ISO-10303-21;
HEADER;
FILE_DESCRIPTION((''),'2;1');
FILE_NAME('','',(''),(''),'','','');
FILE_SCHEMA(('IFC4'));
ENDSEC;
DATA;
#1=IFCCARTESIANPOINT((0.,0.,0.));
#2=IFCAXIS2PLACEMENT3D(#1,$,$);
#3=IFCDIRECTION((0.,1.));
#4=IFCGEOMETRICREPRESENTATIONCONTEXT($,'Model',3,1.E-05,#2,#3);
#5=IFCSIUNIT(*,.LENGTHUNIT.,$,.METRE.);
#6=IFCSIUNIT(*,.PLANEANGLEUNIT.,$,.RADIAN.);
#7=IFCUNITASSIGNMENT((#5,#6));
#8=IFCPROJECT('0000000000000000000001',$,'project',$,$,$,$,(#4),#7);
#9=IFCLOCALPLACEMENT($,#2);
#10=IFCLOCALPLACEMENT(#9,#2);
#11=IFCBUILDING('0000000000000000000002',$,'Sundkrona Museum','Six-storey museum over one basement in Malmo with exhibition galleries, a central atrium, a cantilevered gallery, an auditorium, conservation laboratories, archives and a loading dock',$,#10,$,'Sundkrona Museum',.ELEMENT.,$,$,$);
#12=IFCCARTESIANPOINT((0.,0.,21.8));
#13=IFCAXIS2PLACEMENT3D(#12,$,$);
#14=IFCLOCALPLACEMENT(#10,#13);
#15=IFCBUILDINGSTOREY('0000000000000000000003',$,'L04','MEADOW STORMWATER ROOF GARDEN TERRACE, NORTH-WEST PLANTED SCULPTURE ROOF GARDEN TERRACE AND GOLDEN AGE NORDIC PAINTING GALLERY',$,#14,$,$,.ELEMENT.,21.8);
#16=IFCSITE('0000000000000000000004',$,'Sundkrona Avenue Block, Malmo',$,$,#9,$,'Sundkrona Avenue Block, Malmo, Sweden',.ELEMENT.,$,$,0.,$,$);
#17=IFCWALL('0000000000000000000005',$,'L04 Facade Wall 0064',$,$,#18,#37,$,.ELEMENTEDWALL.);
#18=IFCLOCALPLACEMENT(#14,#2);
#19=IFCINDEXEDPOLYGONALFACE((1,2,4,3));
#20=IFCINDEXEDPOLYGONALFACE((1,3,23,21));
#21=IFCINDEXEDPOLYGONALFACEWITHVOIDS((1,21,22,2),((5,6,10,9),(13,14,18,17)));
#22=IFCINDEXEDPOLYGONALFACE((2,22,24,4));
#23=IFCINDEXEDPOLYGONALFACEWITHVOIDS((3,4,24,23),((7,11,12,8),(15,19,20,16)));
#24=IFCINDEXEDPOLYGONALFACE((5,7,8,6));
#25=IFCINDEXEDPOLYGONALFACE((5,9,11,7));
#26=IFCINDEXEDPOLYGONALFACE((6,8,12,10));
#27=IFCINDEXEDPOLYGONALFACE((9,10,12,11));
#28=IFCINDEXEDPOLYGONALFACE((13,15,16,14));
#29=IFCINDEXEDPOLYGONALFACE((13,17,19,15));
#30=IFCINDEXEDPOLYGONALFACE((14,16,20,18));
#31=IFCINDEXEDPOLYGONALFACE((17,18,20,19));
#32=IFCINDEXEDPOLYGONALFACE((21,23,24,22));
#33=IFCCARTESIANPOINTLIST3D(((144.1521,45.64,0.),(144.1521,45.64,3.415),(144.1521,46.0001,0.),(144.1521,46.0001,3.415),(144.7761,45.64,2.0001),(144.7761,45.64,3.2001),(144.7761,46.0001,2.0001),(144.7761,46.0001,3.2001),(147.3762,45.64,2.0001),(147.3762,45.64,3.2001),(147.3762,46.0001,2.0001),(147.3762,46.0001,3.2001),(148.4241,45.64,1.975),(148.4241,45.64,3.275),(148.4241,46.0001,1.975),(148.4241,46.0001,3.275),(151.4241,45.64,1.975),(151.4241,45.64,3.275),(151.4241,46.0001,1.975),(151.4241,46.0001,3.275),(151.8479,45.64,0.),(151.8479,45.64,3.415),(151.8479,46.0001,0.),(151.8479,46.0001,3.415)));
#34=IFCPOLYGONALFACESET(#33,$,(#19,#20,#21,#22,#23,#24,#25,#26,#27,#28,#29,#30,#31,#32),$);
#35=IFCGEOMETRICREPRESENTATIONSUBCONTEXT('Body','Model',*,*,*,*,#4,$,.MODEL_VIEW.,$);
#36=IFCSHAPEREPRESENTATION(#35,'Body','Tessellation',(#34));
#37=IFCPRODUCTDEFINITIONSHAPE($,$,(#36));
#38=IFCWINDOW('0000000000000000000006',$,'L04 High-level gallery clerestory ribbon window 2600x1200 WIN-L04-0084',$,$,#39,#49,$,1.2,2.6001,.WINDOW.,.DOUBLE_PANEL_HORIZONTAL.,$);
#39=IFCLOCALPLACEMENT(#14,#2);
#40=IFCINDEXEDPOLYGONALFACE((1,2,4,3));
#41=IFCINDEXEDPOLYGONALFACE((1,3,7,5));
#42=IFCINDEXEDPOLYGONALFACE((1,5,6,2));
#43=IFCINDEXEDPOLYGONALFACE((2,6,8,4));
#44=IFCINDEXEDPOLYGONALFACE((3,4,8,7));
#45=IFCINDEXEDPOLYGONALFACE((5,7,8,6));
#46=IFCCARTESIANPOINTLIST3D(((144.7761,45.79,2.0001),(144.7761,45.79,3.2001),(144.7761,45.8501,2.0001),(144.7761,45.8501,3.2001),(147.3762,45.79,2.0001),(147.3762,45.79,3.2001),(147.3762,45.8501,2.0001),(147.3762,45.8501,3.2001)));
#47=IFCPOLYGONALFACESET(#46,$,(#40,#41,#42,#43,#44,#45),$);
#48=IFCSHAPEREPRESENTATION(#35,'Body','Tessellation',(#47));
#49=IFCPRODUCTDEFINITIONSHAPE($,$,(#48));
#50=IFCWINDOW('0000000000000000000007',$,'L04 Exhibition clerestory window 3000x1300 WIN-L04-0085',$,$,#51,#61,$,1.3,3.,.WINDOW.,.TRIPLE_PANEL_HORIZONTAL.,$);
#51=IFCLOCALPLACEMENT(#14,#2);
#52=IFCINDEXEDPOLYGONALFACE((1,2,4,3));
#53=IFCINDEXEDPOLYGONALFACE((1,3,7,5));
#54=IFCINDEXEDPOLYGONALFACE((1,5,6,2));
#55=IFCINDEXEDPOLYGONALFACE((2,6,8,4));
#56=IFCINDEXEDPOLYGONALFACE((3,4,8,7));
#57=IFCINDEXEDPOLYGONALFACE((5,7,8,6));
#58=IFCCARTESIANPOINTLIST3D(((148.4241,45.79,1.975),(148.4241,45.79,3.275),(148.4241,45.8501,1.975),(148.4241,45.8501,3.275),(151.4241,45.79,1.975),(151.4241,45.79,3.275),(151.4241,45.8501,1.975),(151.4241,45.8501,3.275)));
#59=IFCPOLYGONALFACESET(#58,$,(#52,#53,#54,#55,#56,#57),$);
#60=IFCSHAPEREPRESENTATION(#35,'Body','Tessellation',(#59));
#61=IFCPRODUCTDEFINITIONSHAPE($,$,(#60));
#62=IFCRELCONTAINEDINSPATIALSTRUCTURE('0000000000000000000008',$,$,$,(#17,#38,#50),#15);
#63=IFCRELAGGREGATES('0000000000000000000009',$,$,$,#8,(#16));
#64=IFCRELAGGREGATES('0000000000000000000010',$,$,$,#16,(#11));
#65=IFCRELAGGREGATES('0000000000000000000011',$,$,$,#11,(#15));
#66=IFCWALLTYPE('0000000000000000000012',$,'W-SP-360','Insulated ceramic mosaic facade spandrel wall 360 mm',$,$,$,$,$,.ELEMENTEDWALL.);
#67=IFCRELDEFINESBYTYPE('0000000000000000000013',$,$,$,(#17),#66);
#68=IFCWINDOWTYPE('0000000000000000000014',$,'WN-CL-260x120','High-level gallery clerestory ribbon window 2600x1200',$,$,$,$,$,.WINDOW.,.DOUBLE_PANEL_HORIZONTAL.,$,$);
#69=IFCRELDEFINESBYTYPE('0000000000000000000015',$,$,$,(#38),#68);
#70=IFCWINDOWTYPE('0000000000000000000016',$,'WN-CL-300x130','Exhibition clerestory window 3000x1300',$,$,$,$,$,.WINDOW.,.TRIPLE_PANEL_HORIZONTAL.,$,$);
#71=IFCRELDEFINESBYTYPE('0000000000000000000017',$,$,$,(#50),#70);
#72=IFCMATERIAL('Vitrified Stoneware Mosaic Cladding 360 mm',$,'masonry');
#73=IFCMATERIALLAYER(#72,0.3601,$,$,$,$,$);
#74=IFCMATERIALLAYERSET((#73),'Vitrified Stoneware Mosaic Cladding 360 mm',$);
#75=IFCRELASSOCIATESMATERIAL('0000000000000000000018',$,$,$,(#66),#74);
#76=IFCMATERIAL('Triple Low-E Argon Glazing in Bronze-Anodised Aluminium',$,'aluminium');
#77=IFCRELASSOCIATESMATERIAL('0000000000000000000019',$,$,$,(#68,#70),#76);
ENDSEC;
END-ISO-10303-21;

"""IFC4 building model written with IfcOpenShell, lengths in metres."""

from ifc_helpers import new_model, si_unit, direction, frame, frame_2d, origin, place, context, subcontext, project, spatial, rectangle, extrude, material, layer, layer_set, type_object, element, fill, save


model = new_model("IFC4")

# Units and contexts
model_context = context("Model", 3, precision=1e-05, world=origin(), true_north=direction((0.0, 1.0)))
body_context = subcontext(model_context, "Body", "Model", "MODEL_VIEW")
ifc_project = project(units=[si_unit("LENGTHUNIT", "METRE"), si_unit("PLANEANGLEUNIT", "RADIAN")], contexts=[model_context])

# Site, building, storey
site_placement = place(None, origin())
site = spatial("IfcSite", under=ifc_project, at=site_placement, Name="Sundkrona Avenue Block, Malmo", LongName="Sundkrona Avenue Block, Malmo, Sweden", CompositionType="ELEMENT", RefElevation=0.0)
building_placement = place(site_placement, origin())
building = spatial("IfcBuilding", under=site, at=building_placement, Name="Sundkrona Museum", Description="Six-storey museum over one basement in Malmo with exhibition galleries, a central atrium, a cantilevered gallery, an auditorium, conservation laboratories, archives and a loading dock", LongName="Sundkrona Museum", CompositionType="ELEMENT")
storey_placement = place(building_placement, frame((0.0, 0.0, 21.8)))
storey = spatial("IfcBuildingStorey", under=building, at=storey_placement, Name="L04", Description="MEADOW STORMWATER ROOF GARDEN TERRACE, NORTH-WEST PLANTED SCULPTURE ROOF GARDEN TERRACE AND GOLDEN AGE NORDIC PAINTING GALLERY", CompositionType="ELEMENT", Elevation=21.8)

# Shared definitions
ifc_material_1 = material(Name="Triple Low-E Argon Glazing in Bronze-Anodised Aluminium", Category="aluminium")

# Wall, openings, windows
ifc_material_2 = material(Name="Vitrified Stoneware Mosaic Cladding 360 mm", Category="masonry")
ifc_layer_1 = layer(ifc_material_2, 0.3601)
ifc_layer_set_1 = layer_set([ifc_layer_1], Name="Vitrified Stoneware Mosaic Cladding 360 mm")
wall_type_1 = type_object("IfcWallType", Name="W-SP-360", Description="Insulated ceramic mosaic facade spandrel wall 360 mm", PredefinedType="ELEMENTEDWALL", material=ifc_layer_set_1)
wall_1_placement = place(storey_placement, frame((144.1521, 45.8201, 0.0), z_axis=(0.0, 0.0, 1.0), x_axis=(1.0, 0.0, 0.0)))
wall_1 = element("IfcWall", 1, at=wall_1_placement, inside=storey, type_object=wall_type_1, Name="L04 Facade Wall 0064", PredefinedType="ELEMENTEDWALL", context=body_context, shape_type="SweptSolid", body=[
    extrude(rectangle(XDim=7.6958, YDim=0.3601, at=frame_2d((3.8479, 0.0))), origin(), (0.0, 0.0, 1.0), 3.415),
])
opening_1_placement = place(wall_1_placement, frame((0.624, 0.0, 2.0)))
opening_1 = element("IfcOpeningElement", 2, at=opening_1_placement, cuts=wall_1, PredefinedType="OPENING", context=body_context, shape_type="SweptSolid", body=[
    extrude(rectangle(XDim=2.6001, YDim=1.2, at=frame_2d((1.3, 0.6001))), frame((0.0, 0.1899, 0.0), z_axis=(0.0, -1.0, 0.0), x_axis=(1.0, 0.0, 0.0)), (0.0, 0.0, 1.0), 0.3801),
])
opening_2_placement = place(wall_1_placement, frame((4.272, 0.0, 1.9751)))
opening_2 = element("IfcOpeningElement", 3, at=opening_2_placement, cuts=wall_1, PredefinedType="OPENING", context=body_context, shape_type="SweptSolid", body=[
    extrude(rectangle(XDim=3.0, YDim=1.3, at=frame_2d((1.5, 0.6499))), frame((0.0, 0.1899, 0.0), z_axis=(0.0, -1.0, 0.0), x_axis=(1.0, 0.0, 0.0)), (0.0, 0.0, 1.0), 0.3801),
])
window_type_1 = type_object("IfcWindowType", Name="WN-CL-260x120", Description="High-level gallery clerestory ribbon window 2600x1200", PartitioningType="DOUBLE_PANEL_HORIZONTAL", PredefinedType="WINDOW", material=ifc_material_1)
window_1_placement = place(opening_1_placement, origin())
window_1 = element("IfcWindow", 4, at=window_1_placement, inside=storey, type_object=window_type_1, Name="L04 High-level gallery clerestory ribbon window 2600x1200 WIN-L04-0084", OverallHeight=1.2, OverallWidth=2.6001, PartitioningType="DOUBLE_PANEL_HORIZONTAL", PredefinedType="WINDOW", context=body_context, shape_type="SweptSolid", body=[
    extrude(rectangle(XDim=2.6001, YDim=1.2, at=frame_2d((1.3, 0.6001))), frame((0.0, 0.03, 0.0), z_axis=(0.0, -1.0, 0.0), x_axis=(1.0, 0.0, 0.0)), (0.0, 0.0, 1.0), 0.0601),
])
fill(opening_1, window_1)
window_type_2 = type_object("IfcWindowType", Name="WN-CL-300x130", Description="Exhibition clerestory window 3000x1300", PartitioningType="TRIPLE_PANEL_HORIZONTAL", PredefinedType="WINDOW", material=ifc_material_1)
window_2_placement = place(opening_2_placement, origin())
window_2 = element("IfcWindow", 5, at=window_2_placement, inside=storey, type_object=window_type_2, Name="L04 Exhibition clerestory window 3000x1300 WIN-L04-0085", OverallHeight=1.3, OverallWidth=3.0, PartitioningType="TRIPLE_PANEL_HORIZONTAL", PredefinedType="WINDOW", context=body_context, shape_type="SweptSolid", body=[
    extrude(rectangle(XDim=3.0, YDim=1.3, at=frame_2d((1.5, 0.6499))), frame((0.0, 0.03, 0.0), z_axis=(0.0, -1.0, 0.0), x_axis=(1.0, 0.0, 0.0)), (0.0, 0.0, 1.0), 0.0601),
])
fill(opening_2, window_2)

save(model, "model.ifc")
